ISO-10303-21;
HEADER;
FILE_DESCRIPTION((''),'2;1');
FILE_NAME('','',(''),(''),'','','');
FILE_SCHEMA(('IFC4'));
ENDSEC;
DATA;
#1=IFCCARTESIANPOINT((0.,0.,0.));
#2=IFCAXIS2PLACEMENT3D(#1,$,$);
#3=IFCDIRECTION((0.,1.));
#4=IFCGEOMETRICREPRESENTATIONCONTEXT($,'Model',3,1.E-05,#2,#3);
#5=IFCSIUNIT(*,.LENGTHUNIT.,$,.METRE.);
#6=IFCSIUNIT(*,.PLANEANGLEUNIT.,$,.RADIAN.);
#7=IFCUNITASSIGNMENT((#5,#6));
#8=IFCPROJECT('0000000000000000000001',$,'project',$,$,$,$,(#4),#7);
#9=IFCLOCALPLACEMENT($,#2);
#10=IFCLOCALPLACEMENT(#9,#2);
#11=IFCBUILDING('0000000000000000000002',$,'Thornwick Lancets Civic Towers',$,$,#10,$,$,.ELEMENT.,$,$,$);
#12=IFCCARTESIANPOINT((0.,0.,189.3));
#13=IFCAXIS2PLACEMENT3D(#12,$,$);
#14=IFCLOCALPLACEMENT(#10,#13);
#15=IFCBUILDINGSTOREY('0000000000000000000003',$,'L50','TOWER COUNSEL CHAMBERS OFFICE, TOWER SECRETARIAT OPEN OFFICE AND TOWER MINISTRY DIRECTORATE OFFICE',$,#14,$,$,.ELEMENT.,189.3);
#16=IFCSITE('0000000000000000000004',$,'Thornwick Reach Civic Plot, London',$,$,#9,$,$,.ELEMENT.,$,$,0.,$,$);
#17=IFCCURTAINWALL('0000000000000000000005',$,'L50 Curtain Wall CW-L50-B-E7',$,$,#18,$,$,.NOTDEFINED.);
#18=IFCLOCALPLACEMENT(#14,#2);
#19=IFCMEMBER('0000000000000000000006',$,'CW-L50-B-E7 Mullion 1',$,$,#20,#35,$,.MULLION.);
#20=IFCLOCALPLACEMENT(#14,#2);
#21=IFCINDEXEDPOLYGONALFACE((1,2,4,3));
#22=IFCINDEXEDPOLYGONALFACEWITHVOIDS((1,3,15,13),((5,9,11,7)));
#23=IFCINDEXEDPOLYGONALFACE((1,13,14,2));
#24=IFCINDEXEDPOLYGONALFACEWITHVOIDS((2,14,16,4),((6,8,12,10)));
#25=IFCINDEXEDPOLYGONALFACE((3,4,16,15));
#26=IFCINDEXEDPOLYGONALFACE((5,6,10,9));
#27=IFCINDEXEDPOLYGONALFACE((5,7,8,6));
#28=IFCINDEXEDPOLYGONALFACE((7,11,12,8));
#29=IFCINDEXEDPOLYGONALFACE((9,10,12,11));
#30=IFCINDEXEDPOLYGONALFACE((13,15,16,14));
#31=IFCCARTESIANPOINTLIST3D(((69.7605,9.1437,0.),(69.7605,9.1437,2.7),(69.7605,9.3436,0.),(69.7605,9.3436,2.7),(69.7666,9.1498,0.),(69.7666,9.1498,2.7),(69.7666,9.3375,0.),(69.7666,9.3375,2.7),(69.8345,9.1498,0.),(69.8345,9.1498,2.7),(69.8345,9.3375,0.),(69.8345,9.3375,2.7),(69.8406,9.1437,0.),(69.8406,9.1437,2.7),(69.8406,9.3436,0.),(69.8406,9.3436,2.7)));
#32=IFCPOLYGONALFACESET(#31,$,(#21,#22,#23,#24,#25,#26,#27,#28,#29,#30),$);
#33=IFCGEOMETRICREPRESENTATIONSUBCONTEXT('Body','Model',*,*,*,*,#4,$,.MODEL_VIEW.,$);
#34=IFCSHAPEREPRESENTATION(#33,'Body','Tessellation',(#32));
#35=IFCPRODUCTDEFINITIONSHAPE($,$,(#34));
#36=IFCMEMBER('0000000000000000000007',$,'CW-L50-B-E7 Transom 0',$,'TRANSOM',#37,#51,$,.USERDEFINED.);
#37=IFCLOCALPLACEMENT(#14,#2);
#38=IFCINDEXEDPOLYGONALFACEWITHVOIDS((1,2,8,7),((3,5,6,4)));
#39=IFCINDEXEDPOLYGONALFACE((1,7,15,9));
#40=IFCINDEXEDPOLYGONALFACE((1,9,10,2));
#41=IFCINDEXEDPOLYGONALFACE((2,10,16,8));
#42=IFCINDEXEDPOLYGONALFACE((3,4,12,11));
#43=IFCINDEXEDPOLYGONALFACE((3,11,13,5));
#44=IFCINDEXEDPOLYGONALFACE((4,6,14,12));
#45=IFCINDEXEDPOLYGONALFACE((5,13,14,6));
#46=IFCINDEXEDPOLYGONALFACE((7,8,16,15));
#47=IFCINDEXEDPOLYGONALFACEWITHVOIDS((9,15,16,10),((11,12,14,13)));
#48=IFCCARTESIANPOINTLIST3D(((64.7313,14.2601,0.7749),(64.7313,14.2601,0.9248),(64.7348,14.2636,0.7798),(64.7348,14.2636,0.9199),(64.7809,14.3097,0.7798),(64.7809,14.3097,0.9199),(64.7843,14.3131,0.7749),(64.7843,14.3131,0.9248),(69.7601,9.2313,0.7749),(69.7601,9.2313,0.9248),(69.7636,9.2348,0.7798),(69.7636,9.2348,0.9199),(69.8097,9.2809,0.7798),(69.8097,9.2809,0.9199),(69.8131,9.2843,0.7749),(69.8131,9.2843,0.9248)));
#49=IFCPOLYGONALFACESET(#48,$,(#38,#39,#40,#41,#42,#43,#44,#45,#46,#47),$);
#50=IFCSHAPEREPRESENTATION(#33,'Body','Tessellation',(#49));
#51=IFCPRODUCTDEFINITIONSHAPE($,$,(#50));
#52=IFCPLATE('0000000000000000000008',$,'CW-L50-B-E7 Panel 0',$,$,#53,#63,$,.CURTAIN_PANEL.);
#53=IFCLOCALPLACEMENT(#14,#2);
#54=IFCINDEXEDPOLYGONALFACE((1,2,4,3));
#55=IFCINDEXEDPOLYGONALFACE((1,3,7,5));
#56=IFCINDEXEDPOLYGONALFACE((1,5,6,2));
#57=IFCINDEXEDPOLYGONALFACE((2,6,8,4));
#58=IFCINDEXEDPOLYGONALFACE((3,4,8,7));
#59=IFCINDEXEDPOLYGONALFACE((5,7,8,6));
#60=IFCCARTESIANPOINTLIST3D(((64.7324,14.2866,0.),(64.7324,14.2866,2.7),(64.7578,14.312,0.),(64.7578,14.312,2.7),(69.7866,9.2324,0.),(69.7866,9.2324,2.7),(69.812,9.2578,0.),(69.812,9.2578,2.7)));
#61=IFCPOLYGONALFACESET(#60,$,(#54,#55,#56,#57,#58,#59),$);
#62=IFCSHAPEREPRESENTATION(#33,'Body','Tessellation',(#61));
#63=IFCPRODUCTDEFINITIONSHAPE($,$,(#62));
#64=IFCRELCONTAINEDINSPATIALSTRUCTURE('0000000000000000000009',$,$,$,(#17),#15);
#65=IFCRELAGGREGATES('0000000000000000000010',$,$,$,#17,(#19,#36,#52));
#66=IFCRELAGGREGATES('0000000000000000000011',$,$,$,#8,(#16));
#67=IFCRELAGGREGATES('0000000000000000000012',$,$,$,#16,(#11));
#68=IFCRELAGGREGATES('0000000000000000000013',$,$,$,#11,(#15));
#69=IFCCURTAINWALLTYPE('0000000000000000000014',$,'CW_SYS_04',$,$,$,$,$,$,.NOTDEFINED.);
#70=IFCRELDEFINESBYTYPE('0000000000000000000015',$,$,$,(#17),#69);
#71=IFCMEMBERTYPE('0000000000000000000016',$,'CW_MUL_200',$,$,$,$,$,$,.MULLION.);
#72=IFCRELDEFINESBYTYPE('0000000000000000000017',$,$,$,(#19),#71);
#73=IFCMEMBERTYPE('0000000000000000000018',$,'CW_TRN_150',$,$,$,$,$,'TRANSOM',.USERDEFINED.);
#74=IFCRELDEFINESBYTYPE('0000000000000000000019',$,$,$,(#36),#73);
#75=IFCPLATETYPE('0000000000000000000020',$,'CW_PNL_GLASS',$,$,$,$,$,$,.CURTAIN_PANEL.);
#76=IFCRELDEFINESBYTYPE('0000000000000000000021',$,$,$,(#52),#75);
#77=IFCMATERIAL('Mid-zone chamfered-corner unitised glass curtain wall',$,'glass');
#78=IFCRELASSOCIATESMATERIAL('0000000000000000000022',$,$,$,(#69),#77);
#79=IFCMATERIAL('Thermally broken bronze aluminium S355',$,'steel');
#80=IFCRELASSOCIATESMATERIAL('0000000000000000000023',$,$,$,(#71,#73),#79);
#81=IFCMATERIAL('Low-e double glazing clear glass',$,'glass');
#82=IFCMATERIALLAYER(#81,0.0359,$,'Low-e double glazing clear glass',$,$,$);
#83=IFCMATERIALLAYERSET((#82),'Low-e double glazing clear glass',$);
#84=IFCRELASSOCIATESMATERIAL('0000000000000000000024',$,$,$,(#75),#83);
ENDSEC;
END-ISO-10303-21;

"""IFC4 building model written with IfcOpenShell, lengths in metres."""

from ifc_helpers import new_model, si_unit, direction, frame, origin, origin_2d, place, context, subcontext, project, spatial, rectangle, hollow_rectangle, extrude, material, layer, layer_set, material_profile, profile_set, type_object, element, aggregate, save


model = new_model("IFC4")

# Units and contexts
model_context = context("Model", 3, precision=1e-05, world=origin(), true_north=direction((0.0, 1.0)))
body_context = subcontext(model_context, "Body", "Model", "MODEL_VIEW")
ifc_project = project(units=[si_unit("LENGTHUNIT", "METRE"), si_unit("PLANEANGLEUNIT", "RADIAN")], contexts=[model_context])

# Site, building, storey
site_placement = place(None, origin())
site = spatial("IfcSite", under=ifc_project, at=site_placement, Name="Thornwick Reach Civic Plot, London", CompositionType="ELEMENT", RefElevation=0.0)
building_placement = place(site_placement, origin())
building = spatial("IfcBuilding", under=site, at=building_placement, Name="Thornwick Lancets Civic Towers", CompositionType="ELEMENT")
storey_placement = place(building_placement, frame((0.0, 0.0, 189.3)))
storey = spatial("IfcBuildingStorey", under=building, at=storey_placement, Name="L50", Description="TOWER COUNSEL CHAMBERS OFFICE, TOWER SECRETARIAT OPEN OFFICE AND TOWER MINISTRY DIRECTORATE OFFICE", CompositionType="ELEMENT", Elevation=189.3)

# Shared definitions
ifc_material_1 = material(Name="Mid-zone chamfered-corner unitised glass curtain wall", Category="glass")
curtain_wall_type = type_object("IfcCurtainWallType", Name="CW_SYS_04", PredefinedType="NOTDEFINED", material=ifc_material_1)
ifc_material_2 = material(Name="Thermally broken bronze aluminium S355", Category="steel")
ifc_material_profile_1 = material_profile(ifc_material_2, hollow_rectangle(XDim=0.0801, YDim=0.2, WallThickness=0.0061, at=origin_2d()), Name="RHS 200x80x6")
ifc_profile_set_1 = profile_set([ifc_material_profile_1], Name="Thermally broken bronze aluminium S355")
member_type_1 = type_object("IfcMemberType", Name="CW_MUL_200", PredefinedType="MULLION", material=ifc_profile_set_1)

# Curtain wall, members, plate
curtain_wall_1_placement = place(storey_placement, origin())
curtain_wall_1 = element("IfcCurtainWall", 1, at=curtain_wall_1_placement, inside=storey, type_object=curtain_wall_type, Name="L50 Curtain Wall CW-L50-B-E7", PredefinedType="NOTDEFINED")
member_1_placement = place(storey_placement, frame((69.8005, 9.2437, 0.0), z_axis=(0.0, 0.0, 1.0), x_axis=(1.0, 0.0, 0.0)))
member_1 = element("IfcMember", 2, at=member_1_placement, type_object=member_type_1, Name="CW-L50-B-E7 Mullion 1", PredefinedType="MULLION", context=body_context, shape_type="SweptSolid", body=[
    extrude(hollow_rectangle(XDim=0.0801, YDim=0.2, WallThickness=0.0061, at=origin_2d()), origin(), (0.0, 0.0, 1.0), 2.7),
])
ifc_material_profile_2 = material_profile(ifc_material_2, hollow_rectangle(XDim=0.075, YDim=0.1499, WallThickness=0.0049, at=origin_2d()), Name="RHS 150x75x5")
ifc_profile_set_2 = profile_set([ifc_material_profile_2], Name="Thermally broken bronze aluminium S355")
member_type_2 = type_object("IfcMemberType", Name="CW_TRN_150", ElementType="TRANSOM", PredefinedType="USERDEFINED", material=ifc_profile_set_2)
member_2_placement = place(storey_placement, frame((64.7578, 14.2866, 0.8499), z_axis=(0.707107, -0.707107, 0.0), x_axis=(0.707107, 0.707107, 0.0)))
member_2 = element("IfcMember", 3, at=member_2_placement, type_object=member_type_2, Name="CW-L50-B-E7 Transom 0", ObjectType="TRANSOM", PredefinedType="USERDEFINED", context=body_context, shape_type="SweptSolid", body=[
    extrude(hollow_rectangle(XDim=0.075, YDim=0.1499, WallThickness=0.0049, at=origin_2d()), origin(), (0.0, 0.0, 1.0), 7.1118),
])
ifc_material_3 = material(Name="Low-e double glazing clear glass", Category="glass")
ifc_layer_1 = layer(ifc_material_3, 0.0359, Name="Low-e double glazing clear glass")
ifc_layer_set_1 = layer_set([ifc_layer_1], Name="Low-e double glazing clear glass")
plate_type = type_object("IfcPlateType", Name="CW_PNL_GLASS", PredefinedType="CURTAIN_PANEL", material=ifc_layer_set_1)
plate_placement = place(storey_placement, frame((67.2722, 11.7722, 0.0), z_axis=(0.0, 0.0, 1.0), x_axis=(0.707107, -0.707107, 0.0)))
plate = element("IfcPlate", 4, at=plate_placement, type_object=plate_type, Name="CW-L50-B-E7 Panel 0", PredefinedType="CURTAIN_PANEL", context=body_context, shape_type="SweptSolid", body=[
    extrude(rectangle(XDim=7.1477, YDim=0.0359, at=origin_2d()), origin(), (0.0, 0.0, 1.0), 2.7),
])
aggregate(curtain_wall_1, [member_1, member_2, plate])

save(model, "model.ifc")
